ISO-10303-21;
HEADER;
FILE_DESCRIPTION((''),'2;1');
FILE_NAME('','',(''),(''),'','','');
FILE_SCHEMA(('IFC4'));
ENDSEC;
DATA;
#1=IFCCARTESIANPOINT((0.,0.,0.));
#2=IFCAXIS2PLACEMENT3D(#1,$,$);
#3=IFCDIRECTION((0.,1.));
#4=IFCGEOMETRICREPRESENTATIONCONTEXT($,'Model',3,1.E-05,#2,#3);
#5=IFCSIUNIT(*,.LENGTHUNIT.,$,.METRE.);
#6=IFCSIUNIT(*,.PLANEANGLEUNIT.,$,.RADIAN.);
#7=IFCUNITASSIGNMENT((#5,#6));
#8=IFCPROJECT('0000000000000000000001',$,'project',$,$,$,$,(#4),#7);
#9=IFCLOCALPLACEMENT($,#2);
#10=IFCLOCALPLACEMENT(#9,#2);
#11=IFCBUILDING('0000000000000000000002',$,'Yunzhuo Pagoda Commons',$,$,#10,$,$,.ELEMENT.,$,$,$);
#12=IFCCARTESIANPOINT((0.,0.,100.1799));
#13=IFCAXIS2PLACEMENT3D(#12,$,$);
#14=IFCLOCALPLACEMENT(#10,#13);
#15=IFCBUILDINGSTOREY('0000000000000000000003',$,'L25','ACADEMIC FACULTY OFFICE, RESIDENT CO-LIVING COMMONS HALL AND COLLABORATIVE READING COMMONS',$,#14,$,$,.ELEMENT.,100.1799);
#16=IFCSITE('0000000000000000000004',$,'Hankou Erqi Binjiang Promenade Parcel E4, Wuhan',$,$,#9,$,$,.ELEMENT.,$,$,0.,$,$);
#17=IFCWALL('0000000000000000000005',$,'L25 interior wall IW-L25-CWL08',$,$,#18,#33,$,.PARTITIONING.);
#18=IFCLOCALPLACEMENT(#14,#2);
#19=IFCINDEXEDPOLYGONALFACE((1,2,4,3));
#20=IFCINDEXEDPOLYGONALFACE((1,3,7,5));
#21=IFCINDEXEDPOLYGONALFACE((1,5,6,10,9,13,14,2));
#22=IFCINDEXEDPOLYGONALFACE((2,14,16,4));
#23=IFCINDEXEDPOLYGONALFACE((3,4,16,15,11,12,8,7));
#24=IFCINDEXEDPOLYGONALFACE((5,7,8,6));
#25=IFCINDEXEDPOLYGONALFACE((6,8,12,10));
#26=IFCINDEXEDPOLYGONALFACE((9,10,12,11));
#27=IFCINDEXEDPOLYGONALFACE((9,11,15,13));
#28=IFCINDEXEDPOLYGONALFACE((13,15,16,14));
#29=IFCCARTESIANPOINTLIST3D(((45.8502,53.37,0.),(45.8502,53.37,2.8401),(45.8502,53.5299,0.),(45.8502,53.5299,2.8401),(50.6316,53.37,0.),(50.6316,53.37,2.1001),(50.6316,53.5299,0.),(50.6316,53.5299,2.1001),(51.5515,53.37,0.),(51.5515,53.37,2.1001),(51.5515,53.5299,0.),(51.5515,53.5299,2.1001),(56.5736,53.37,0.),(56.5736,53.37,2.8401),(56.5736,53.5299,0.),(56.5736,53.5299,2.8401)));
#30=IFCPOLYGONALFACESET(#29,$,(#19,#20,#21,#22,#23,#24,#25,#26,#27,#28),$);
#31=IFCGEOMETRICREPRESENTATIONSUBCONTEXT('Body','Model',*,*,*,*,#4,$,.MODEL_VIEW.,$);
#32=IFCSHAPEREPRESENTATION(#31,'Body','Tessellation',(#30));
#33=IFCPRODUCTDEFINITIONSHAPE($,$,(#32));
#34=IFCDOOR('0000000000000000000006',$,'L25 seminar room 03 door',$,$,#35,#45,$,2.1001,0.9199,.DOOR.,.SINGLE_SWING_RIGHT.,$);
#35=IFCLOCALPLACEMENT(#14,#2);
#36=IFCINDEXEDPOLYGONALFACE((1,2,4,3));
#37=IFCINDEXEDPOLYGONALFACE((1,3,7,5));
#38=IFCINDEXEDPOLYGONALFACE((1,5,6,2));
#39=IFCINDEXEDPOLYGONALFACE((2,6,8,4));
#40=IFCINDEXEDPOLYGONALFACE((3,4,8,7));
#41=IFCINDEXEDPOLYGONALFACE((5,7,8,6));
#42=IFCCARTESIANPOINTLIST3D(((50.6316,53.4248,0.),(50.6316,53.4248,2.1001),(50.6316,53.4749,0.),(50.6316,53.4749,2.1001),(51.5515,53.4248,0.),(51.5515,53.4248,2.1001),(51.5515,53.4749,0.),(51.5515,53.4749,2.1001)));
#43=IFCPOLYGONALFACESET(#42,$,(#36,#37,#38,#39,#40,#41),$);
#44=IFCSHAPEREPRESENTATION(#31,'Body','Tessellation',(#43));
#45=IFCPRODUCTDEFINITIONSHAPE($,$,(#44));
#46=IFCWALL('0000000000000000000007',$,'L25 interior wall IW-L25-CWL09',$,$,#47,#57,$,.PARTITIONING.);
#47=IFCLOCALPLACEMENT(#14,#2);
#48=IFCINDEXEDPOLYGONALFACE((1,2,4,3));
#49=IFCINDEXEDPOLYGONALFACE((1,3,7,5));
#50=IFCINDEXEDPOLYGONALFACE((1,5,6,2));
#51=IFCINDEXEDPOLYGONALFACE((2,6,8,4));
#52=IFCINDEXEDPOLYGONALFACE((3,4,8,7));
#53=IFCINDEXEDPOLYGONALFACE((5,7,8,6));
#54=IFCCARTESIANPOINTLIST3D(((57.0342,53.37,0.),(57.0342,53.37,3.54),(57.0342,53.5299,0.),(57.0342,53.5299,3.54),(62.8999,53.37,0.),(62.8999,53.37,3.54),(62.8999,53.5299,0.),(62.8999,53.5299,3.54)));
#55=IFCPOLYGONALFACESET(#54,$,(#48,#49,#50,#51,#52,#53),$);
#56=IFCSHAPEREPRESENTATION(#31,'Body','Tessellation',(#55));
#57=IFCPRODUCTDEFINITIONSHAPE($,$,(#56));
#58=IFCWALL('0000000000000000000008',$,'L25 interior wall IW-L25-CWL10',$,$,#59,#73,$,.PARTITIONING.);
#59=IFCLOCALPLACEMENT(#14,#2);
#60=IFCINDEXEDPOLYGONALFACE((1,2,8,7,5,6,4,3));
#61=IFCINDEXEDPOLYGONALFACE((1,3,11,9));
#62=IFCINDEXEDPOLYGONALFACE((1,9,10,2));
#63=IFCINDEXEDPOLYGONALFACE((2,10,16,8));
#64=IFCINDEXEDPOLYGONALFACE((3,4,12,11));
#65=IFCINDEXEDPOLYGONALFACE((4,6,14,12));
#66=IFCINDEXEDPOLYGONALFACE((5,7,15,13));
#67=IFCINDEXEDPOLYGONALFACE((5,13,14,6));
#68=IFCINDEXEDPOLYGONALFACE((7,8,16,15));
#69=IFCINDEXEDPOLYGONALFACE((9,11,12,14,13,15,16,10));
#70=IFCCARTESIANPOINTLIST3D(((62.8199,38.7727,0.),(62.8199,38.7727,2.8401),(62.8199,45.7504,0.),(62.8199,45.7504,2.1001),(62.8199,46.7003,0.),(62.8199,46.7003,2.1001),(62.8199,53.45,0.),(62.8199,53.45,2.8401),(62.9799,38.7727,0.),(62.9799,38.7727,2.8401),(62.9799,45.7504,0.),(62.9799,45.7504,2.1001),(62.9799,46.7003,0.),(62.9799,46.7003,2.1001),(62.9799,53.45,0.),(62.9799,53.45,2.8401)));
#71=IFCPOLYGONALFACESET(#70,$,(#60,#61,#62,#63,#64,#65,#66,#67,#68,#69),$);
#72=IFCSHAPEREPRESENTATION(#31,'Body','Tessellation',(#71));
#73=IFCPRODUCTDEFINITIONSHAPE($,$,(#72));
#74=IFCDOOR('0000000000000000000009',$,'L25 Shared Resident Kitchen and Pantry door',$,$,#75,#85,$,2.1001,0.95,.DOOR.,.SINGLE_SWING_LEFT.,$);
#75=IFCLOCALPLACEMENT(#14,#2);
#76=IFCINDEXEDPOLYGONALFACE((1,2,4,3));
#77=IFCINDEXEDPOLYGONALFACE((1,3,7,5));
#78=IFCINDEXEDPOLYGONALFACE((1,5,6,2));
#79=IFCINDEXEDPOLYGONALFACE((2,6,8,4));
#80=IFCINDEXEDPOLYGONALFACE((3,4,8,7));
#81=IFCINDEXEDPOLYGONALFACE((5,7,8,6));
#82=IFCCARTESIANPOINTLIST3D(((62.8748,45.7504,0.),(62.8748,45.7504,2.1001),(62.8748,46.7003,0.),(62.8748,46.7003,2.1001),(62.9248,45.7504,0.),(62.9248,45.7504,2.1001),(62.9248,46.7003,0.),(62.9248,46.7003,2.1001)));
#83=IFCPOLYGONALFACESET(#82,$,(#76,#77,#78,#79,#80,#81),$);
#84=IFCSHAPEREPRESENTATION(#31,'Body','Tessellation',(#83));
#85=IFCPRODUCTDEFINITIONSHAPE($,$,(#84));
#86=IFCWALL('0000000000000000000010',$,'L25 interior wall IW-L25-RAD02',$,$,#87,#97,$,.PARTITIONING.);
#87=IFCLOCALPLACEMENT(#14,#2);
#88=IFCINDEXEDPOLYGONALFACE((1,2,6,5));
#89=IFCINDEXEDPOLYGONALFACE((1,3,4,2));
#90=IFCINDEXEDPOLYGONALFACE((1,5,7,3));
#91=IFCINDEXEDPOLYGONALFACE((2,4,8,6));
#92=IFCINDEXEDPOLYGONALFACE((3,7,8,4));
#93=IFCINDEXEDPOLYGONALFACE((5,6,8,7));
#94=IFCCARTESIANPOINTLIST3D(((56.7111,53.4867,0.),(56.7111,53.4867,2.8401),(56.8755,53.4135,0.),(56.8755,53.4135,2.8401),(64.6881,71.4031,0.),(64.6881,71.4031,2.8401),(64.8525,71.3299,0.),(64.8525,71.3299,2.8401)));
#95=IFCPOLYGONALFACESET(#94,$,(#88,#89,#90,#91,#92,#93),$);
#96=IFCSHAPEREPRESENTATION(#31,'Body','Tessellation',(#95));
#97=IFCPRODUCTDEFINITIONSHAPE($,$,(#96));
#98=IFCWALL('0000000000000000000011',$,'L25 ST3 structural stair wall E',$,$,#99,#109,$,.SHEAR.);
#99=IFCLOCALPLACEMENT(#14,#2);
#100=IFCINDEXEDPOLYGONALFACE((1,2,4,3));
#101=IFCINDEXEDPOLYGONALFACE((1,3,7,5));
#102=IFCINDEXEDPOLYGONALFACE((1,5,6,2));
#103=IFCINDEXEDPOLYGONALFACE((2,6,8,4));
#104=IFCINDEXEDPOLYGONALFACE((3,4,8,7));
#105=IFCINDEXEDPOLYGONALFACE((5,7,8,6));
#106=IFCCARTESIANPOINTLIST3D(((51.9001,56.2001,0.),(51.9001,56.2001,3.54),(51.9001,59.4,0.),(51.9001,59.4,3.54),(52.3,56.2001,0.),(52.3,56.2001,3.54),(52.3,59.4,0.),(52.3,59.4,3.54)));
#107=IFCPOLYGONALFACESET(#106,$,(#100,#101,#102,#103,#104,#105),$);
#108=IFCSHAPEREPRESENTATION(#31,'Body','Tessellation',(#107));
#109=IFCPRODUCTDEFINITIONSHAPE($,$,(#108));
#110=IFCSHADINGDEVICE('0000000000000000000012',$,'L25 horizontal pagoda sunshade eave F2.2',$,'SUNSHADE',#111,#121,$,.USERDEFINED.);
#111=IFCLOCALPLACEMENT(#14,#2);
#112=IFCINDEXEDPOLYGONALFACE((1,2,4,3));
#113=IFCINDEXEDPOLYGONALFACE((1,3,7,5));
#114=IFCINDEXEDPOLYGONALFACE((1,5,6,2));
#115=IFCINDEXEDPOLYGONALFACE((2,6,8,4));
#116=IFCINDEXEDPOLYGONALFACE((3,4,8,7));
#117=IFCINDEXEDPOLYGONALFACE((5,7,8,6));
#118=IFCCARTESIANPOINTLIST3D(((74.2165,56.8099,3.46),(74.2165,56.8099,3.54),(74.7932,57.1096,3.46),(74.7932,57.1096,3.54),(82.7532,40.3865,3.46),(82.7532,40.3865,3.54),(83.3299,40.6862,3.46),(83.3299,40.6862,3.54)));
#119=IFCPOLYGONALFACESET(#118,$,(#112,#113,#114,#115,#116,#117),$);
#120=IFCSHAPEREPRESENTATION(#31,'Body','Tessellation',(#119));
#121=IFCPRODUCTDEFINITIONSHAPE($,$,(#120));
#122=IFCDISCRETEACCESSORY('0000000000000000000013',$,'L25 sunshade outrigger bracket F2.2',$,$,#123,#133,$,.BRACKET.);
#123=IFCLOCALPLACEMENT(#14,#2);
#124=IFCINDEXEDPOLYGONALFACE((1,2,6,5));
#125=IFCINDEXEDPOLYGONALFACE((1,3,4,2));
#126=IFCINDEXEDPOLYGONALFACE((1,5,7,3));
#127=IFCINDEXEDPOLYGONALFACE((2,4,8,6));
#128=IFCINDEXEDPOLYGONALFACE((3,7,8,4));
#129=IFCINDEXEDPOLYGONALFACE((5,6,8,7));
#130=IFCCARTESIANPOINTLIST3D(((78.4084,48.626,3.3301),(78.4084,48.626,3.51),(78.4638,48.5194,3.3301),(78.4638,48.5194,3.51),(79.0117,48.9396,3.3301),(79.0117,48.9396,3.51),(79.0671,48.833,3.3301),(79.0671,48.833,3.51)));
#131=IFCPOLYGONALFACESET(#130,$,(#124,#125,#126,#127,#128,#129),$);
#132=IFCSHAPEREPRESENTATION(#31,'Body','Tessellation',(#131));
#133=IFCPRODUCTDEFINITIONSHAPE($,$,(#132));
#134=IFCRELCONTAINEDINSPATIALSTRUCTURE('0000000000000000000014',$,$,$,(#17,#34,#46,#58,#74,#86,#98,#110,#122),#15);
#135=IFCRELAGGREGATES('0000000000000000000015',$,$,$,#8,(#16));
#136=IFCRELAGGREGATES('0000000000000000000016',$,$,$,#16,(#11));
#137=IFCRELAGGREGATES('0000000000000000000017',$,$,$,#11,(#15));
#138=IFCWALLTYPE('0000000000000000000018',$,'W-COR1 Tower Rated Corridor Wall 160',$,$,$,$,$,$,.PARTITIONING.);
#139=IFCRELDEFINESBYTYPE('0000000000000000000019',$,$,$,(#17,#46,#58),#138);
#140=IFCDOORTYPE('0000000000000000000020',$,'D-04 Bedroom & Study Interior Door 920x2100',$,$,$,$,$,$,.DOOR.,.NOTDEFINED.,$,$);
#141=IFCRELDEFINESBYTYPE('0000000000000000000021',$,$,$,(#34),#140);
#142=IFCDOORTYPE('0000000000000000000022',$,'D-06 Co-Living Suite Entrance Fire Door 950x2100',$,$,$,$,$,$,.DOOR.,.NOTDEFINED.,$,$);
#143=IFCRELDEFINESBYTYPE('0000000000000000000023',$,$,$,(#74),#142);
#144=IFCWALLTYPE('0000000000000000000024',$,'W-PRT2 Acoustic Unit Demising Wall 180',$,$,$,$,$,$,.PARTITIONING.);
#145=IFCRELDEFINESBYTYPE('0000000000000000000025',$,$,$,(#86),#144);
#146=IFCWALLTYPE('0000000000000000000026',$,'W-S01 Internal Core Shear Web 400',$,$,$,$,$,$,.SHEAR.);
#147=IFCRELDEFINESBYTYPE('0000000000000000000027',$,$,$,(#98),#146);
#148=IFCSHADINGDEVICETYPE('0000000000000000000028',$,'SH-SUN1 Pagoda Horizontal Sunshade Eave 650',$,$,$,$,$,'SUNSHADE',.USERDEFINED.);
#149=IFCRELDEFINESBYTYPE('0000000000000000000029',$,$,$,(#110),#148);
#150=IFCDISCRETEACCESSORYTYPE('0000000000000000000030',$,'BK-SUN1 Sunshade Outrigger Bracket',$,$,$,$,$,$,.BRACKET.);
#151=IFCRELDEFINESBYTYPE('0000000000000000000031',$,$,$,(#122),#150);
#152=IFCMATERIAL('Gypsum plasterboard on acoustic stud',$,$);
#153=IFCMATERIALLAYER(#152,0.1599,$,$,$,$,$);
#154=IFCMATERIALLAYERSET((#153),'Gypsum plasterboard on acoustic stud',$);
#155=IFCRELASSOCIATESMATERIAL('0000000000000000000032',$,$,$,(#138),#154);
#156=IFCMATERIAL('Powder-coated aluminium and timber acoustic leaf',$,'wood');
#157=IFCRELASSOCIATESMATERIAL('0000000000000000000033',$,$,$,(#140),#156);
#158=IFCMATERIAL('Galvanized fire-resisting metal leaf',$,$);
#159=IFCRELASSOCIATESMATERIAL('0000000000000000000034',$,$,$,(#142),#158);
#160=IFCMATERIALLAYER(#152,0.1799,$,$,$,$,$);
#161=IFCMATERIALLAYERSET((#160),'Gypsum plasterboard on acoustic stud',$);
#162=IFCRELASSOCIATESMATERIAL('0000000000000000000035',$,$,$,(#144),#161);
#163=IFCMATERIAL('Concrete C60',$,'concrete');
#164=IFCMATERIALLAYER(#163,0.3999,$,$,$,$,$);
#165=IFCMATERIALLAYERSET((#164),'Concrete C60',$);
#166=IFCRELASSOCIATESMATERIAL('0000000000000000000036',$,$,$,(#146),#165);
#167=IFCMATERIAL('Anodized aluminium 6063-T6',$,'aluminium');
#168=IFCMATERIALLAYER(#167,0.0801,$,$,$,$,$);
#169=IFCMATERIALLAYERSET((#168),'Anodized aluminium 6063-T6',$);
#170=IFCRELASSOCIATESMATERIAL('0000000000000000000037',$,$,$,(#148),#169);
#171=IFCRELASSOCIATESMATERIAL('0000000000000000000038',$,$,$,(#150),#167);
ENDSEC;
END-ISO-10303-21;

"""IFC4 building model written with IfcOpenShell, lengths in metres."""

from ifc_helpers import new_model, si_unit, direction, frame, frame_2d, origin, origin_with_axes, origin_2d, place, context, subcontext, project, spatial, rectangle, extrude, source, transform, mapped, material, layer, layer_set, type_object, element, fill, save


model = new_model("IFC4")

# Units and contexts
model_context = context("Model", 3, precision=1e-05, world=origin(), true_north=direction((0.0, 1.0)))
body_context = subcontext(model_context, "Body", "Model", "MODEL_VIEW")
ifc_project = project(units=[si_unit("LENGTHUNIT", "METRE"), si_unit("PLANEANGLEUNIT", "RADIAN")], contexts=[model_context])

# Site, building, storey
site_placement = place(None, origin())
site = spatial("IfcSite", under=ifc_project, at=site_placement, Name="Hankou Erqi Binjiang Promenade Parcel E4, Wuhan", CompositionType="ELEMENT", RefElevation=0.0)
building_placement = place(site_placement, origin())
building = spatial("IfcBuilding", under=site, at=building_placement, Name="Yunzhuo Pagoda Commons", CompositionType="ELEMENT")
storey_placement = place(building_placement, frame((0.0, 0.0, 100.1799)))
storey = spatial("IfcBuildingStorey", under=building, at=storey_placement, Name="L25", Description="ACADEMIC FACULTY OFFICE, RESIDENT CO-LIVING COMMONS HALL AND COLLABORATIVE READING COMMONS", CompositionType="ELEMENT", Elevation=100.1799)

# Shared definitions
ifc_material_1 = material(Name="Anodized aluminium 6063-T6", Category="aluminium")

# Shared definitions
ifc_material_2 = material(Name="Gypsum plasterboard on acoustic stud")
ifc_layer_1 = layer(ifc_material_2, 0.1599)
ifc_layer_set_1 = layer_set([ifc_layer_1], Name="Gypsum plasterboard on acoustic stud")
wall_type_1 = type_object("IfcWallType", Name="W-COR1 Tower Rated Corridor Wall 160", PredefinedType="PARTITIONING", material=ifc_layer_set_1)

# Wall, opening, door
wall_1_placement = place(storey_placement, frame((45.8501, 53.45, 0.0), z_axis=(0.0, 0.0, 1.0), x_axis=(1.0, 0.0, 0.0)))
wall_1 = element("IfcWall", 1, at=wall_1_placement, inside=storey, type_object=wall_type_1, Name="L25 interior wall IW-L25-CWL08", PredefinedType="PARTITIONING", context=body_context, shape_type="SweptSolid", body=[
    extrude(rectangle(XDim=10.7234, YDim=0.1599, at=frame_2d((5.3618, 0.0))), origin(), (0.0, 0.0, 1.0), 2.8401),
])
opening_1_placement = place(wall_1_placement, frame((4.7815, 0.0, 0.0)))
opening_1 = element("IfcOpeningElement", 2, at=opening_1_placement, cuts=wall_1, PredefinedType="OPENING", context=body_context, shape_type="SweptSolid", body=[
    extrude(rectangle(XDim=0.9199, YDim=2.1001, at=frame_2d((0.46, 1.05))), frame((0.0, 0.0898, 0.0), z_axis=(0.0, -1.0, 0.0), x_axis=(1.0, 0.0, 0.0)), (0.0, 0.0, 1.0), 0.1799),
])
ifc_material_3 = material(Name="Powder-coated aluminium and timber acoustic leaf", Category="wood")
door_type_1 = type_object("IfcDoorType", Name="D-04 Bedroom & Study Interior Door 920x2100", OperationType="NOTDEFINED", PredefinedType="DOOR", material=ifc_material_3)
shared_shape_1 = source(origin(), body_context, "Body", "SweptSolid", [
    extrude(rectangle(XDim=0.9199, YDim=2.1001, at=frame_2d((0.46, 1.05))), frame((0.0, 0.0249, 0.0), z_axis=(0.0, -1.0, 0.0), x_axis=(1.0, 0.0, 0.0)), (0.0, 0.0, 1.0), 0.05),
])
door_1_placement = place(opening_1_placement, origin_with_axes())
door_1 = element("IfcDoor", 3, at=door_1_placement, inside=storey, type_object=door_type_1, Name="L25 seminar room 03 door", OperationType="SINGLE_SWING_RIGHT", OverallHeight=2.1001, OverallWidth=0.9199, PredefinedType="DOOR", context=body_context, shape_type="MappedRepresentation", body=[
    mapped(shared_shape_1, transform((0.0, 0.0, 0.0), scale=1.0)),
])
fill(opening_1, door_1)

# Wall
wall_2_placement = place(storey_placement, frame((57.0342, 53.45, 0.0), z_axis=(0.0, 0.0, 1.0), x_axis=(1.0, 0.0, 0.0)))
element("IfcWall", 4, at=wall_2_placement, inside=storey, type_object=wall_type_1, Name="L25 interior wall IW-L25-CWL09", PredefinedType="PARTITIONING", context=body_context, shape_type="SweptSolid", body=[
    extrude(rectangle(XDim=5.8657, YDim=0.1599, at=frame_2d((2.9329, 0.0))), origin(), (0.0, 0.0, 1.0), 3.54),
])

# Wall, opening, door
wall_3_placement = place(storey_placement, frame((62.8999, 53.45, 0.0), z_axis=(0.0, 0.0, 1.0), x_axis=(0.0, -1.0, 0.0)))
wall_3 = element("IfcWall", 5, at=wall_3_placement, inside=storey, type_object=wall_type_1, Name="L25 interior wall IW-L25-CWL10", PredefinedType="PARTITIONING", context=body_context, shape_type="SweptSolid", body=[
    extrude(rectangle(XDim=14.6772, YDim=0.1599, at=frame_2d((7.3386, 0.0))), origin(), (0.0, 0.0, 1.0), 2.8401),
])
opening_2_placement = place(wall_3_placement, frame((6.7495, 0.0, 0.0)))
opening_2 = element("IfcOpeningElement", 6, at=opening_2_placement, cuts=wall_3, PredefinedType="OPENING", context=body_context, shape_type="SweptSolid", body=[
    extrude(rectangle(XDim=0.95, YDim=2.1001, at=frame_2d((0.4751, 1.05))), frame((0.0, 0.0898, 0.0), z_axis=(0.0, -1.0, 0.0), x_axis=(1.0, 0.0, 0.0)), (0.0, 0.0, 1.0), 0.1799),
])
ifc_material_4 = material(Name="Galvanized fire-resisting metal leaf")
door_type_2 = type_object("IfcDoorType", Name="D-06 Co-Living Suite Entrance Fire Door 950x2100", OperationType="NOTDEFINED", PredefinedType="DOOR", material=ifc_material_4)
shared_shape_2 = source(origin(), body_context, "Body", "SweptSolid", [
    extrude(rectangle(XDim=0.95, YDim=2.1001, at=frame_2d((0.4751, 1.05))), frame((0.0, 0.0249, 0.0), z_axis=(0.0, -1.0, 0.0), x_axis=(1.0, 0.0, 0.0)), (0.0, 0.0, 1.0), 0.05),
])
door_2_placement = place(opening_2_placement, origin_with_axes())
door_2 = element("IfcDoor", 7, at=door_2_placement, inside=storey, type_object=door_type_2, Name="L25 Shared Resident Kitchen and Pantry door", OperationType="SINGLE_SWING_LEFT", OverallHeight=2.1001, OverallWidth=0.95, PredefinedType="DOOR", context=body_context, shape_type="MappedRepresentation", body=[
    mapped(shared_shape_2, transform((0.0, 0.0, 0.0), scale=1.0)),
])
fill(opening_2, door_2)

# Walls
ifc_layer_2 = layer(ifc_material_2, 0.1799)
ifc_layer_set_2 = layer_set([ifc_layer_2], Name="Gypsum plasterboard on acoustic stud")
wall_type_2 = type_object("IfcWallType", Name="W-PRT2 Acoustic Unit Demising Wall 180", PredefinedType="PARTITIONING", material=ifc_layer_set_2)
wall_4_placement = place(storey_placement, frame((56.7932, 53.45, 0.0), z_axis=(0.0, 0.0, 1.0), x_axis=(0.406741, 0.913543, 0.0)))
element("IfcWall", 8, at=wall_4_placement, inside=storey, type_object=wall_type_2, Name="L25 interior wall IW-L25-RAD02", PredefinedType="PARTITIONING", context=body_context, shape_type="SweptSolid", body=[
    extrude(rectangle(XDim=19.6121, YDim=0.1799, at=frame_2d((9.8062, 0.0))), origin(), (0.0, 0.0, 1.0), 2.8401),
])
ifc_material_5 = material(Name="Concrete C60", Category="concrete")
ifc_layer_3 = layer(ifc_material_5, 0.3999)
ifc_layer_set_3 = layer_set([ifc_layer_3], Name="Concrete C60")
wall_type_3 = type_object("IfcWallType", Name="W-S01 Internal Core Shear Web 400", PredefinedType="SHEAR", material=ifc_layer_set_3)
wall_5_placement = place(storey_placement, frame((52.1001, 56.2, 0.0), z_axis=(0.0, 0.0, 1.0), x_axis=(0.0, 1.0, 0.0)))
element("IfcWall", 9, at=wall_5_placement, inside=storey, type_object=wall_type_3, Name="L25 ST3 structural stair wall E", PredefinedType="SHEAR", context=body_context, shape_type="SweptSolid", body=[
    extrude(rectangle(XDim=3.2, YDim=0.3999, at=frame_2d((1.6001, 0.0))), origin(), (0.0, 0.0, 1.0), 3.54),
])

# Shading device
ifc_layer_4 = layer(ifc_material_1, 0.0801)
ifc_layer_set_4 = layer_set([ifc_layer_4], Name="Anodized aluminium 6063-T6")
shading_device_type = type_object("IfcShadingDeviceType", Name="SH-SUN1 Pagoda Horizontal Sunshade Eave 650", ElementType="SUNSHADE", PredefinedType="USERDEFINED", material=ifc_layer_set_4)
shared_shape_3 = source(origin(), body_context, "Body", "SweptSolid", [
    extrude(rectangle(XDim=18.5095, YDim=0.6499, at=origin_2d()), origin(), (0.0, 0.0, 1.0), 0.0801),
])
shading_device_placement = place(storey_placement, frame((78.7732, 48.748, 3.46), z_axis=(0.0, 0.0, 1.0), x_axis=(-0.461207, 0.887293, 0.0)))
element("IfcShadingDevice", 10, at=shading_device_placement, inside=storey, type_object=shading_device_type, Name="L25 horizontal pagoda sunshade eave F2.2", ObjectType="SUNSHADE", PredefinedType="USERDEFINED", context=body_context, shape_type="MappedRepresentation", body=[
    mapped(shared_shape_3, transform((0.0, 0.0, 0.0), scale=1.0)),
])

# Discrete accessory
discrete_accessory_type = type_object("IfcDiscreteAccessoryType", Name="BK-SUN1 Sunshade Outrigger Bracket", PredefinedType="BRACKET", material=ifc_material_1)
shared_shape_4 = source(origin(), body_context, "Body", "SweptSolid", [
    extrude(rectangle(XDim=0.1201, YDim=0.6799, at=origin_2d()), origin(), (0.0, 0.0, 1.0), 0.1799),
])
discrete_accessory_placement = place(storey_placement, frame((78.7378, 48.7295, 3.3301), z_axis=(0.0, 0.0, 1.0), x_axis=(-0.461207, 0.887293, 0.0)))
element("IfcDiscreteAccessory", 11, at=discrete_accessory_placement, inside=storey, type_object=discrete_accessory_type, Name="L25 sunshade outrigger bracket F2.2", PredefinedType="BRACKET", context=body_context, shape_type="MappedRepresentation", body=[
    mapped(shared_shape_4, transform((0.0, 0.0, 0.0), scale=1.0)),
])

save(model, "model.ifc")
